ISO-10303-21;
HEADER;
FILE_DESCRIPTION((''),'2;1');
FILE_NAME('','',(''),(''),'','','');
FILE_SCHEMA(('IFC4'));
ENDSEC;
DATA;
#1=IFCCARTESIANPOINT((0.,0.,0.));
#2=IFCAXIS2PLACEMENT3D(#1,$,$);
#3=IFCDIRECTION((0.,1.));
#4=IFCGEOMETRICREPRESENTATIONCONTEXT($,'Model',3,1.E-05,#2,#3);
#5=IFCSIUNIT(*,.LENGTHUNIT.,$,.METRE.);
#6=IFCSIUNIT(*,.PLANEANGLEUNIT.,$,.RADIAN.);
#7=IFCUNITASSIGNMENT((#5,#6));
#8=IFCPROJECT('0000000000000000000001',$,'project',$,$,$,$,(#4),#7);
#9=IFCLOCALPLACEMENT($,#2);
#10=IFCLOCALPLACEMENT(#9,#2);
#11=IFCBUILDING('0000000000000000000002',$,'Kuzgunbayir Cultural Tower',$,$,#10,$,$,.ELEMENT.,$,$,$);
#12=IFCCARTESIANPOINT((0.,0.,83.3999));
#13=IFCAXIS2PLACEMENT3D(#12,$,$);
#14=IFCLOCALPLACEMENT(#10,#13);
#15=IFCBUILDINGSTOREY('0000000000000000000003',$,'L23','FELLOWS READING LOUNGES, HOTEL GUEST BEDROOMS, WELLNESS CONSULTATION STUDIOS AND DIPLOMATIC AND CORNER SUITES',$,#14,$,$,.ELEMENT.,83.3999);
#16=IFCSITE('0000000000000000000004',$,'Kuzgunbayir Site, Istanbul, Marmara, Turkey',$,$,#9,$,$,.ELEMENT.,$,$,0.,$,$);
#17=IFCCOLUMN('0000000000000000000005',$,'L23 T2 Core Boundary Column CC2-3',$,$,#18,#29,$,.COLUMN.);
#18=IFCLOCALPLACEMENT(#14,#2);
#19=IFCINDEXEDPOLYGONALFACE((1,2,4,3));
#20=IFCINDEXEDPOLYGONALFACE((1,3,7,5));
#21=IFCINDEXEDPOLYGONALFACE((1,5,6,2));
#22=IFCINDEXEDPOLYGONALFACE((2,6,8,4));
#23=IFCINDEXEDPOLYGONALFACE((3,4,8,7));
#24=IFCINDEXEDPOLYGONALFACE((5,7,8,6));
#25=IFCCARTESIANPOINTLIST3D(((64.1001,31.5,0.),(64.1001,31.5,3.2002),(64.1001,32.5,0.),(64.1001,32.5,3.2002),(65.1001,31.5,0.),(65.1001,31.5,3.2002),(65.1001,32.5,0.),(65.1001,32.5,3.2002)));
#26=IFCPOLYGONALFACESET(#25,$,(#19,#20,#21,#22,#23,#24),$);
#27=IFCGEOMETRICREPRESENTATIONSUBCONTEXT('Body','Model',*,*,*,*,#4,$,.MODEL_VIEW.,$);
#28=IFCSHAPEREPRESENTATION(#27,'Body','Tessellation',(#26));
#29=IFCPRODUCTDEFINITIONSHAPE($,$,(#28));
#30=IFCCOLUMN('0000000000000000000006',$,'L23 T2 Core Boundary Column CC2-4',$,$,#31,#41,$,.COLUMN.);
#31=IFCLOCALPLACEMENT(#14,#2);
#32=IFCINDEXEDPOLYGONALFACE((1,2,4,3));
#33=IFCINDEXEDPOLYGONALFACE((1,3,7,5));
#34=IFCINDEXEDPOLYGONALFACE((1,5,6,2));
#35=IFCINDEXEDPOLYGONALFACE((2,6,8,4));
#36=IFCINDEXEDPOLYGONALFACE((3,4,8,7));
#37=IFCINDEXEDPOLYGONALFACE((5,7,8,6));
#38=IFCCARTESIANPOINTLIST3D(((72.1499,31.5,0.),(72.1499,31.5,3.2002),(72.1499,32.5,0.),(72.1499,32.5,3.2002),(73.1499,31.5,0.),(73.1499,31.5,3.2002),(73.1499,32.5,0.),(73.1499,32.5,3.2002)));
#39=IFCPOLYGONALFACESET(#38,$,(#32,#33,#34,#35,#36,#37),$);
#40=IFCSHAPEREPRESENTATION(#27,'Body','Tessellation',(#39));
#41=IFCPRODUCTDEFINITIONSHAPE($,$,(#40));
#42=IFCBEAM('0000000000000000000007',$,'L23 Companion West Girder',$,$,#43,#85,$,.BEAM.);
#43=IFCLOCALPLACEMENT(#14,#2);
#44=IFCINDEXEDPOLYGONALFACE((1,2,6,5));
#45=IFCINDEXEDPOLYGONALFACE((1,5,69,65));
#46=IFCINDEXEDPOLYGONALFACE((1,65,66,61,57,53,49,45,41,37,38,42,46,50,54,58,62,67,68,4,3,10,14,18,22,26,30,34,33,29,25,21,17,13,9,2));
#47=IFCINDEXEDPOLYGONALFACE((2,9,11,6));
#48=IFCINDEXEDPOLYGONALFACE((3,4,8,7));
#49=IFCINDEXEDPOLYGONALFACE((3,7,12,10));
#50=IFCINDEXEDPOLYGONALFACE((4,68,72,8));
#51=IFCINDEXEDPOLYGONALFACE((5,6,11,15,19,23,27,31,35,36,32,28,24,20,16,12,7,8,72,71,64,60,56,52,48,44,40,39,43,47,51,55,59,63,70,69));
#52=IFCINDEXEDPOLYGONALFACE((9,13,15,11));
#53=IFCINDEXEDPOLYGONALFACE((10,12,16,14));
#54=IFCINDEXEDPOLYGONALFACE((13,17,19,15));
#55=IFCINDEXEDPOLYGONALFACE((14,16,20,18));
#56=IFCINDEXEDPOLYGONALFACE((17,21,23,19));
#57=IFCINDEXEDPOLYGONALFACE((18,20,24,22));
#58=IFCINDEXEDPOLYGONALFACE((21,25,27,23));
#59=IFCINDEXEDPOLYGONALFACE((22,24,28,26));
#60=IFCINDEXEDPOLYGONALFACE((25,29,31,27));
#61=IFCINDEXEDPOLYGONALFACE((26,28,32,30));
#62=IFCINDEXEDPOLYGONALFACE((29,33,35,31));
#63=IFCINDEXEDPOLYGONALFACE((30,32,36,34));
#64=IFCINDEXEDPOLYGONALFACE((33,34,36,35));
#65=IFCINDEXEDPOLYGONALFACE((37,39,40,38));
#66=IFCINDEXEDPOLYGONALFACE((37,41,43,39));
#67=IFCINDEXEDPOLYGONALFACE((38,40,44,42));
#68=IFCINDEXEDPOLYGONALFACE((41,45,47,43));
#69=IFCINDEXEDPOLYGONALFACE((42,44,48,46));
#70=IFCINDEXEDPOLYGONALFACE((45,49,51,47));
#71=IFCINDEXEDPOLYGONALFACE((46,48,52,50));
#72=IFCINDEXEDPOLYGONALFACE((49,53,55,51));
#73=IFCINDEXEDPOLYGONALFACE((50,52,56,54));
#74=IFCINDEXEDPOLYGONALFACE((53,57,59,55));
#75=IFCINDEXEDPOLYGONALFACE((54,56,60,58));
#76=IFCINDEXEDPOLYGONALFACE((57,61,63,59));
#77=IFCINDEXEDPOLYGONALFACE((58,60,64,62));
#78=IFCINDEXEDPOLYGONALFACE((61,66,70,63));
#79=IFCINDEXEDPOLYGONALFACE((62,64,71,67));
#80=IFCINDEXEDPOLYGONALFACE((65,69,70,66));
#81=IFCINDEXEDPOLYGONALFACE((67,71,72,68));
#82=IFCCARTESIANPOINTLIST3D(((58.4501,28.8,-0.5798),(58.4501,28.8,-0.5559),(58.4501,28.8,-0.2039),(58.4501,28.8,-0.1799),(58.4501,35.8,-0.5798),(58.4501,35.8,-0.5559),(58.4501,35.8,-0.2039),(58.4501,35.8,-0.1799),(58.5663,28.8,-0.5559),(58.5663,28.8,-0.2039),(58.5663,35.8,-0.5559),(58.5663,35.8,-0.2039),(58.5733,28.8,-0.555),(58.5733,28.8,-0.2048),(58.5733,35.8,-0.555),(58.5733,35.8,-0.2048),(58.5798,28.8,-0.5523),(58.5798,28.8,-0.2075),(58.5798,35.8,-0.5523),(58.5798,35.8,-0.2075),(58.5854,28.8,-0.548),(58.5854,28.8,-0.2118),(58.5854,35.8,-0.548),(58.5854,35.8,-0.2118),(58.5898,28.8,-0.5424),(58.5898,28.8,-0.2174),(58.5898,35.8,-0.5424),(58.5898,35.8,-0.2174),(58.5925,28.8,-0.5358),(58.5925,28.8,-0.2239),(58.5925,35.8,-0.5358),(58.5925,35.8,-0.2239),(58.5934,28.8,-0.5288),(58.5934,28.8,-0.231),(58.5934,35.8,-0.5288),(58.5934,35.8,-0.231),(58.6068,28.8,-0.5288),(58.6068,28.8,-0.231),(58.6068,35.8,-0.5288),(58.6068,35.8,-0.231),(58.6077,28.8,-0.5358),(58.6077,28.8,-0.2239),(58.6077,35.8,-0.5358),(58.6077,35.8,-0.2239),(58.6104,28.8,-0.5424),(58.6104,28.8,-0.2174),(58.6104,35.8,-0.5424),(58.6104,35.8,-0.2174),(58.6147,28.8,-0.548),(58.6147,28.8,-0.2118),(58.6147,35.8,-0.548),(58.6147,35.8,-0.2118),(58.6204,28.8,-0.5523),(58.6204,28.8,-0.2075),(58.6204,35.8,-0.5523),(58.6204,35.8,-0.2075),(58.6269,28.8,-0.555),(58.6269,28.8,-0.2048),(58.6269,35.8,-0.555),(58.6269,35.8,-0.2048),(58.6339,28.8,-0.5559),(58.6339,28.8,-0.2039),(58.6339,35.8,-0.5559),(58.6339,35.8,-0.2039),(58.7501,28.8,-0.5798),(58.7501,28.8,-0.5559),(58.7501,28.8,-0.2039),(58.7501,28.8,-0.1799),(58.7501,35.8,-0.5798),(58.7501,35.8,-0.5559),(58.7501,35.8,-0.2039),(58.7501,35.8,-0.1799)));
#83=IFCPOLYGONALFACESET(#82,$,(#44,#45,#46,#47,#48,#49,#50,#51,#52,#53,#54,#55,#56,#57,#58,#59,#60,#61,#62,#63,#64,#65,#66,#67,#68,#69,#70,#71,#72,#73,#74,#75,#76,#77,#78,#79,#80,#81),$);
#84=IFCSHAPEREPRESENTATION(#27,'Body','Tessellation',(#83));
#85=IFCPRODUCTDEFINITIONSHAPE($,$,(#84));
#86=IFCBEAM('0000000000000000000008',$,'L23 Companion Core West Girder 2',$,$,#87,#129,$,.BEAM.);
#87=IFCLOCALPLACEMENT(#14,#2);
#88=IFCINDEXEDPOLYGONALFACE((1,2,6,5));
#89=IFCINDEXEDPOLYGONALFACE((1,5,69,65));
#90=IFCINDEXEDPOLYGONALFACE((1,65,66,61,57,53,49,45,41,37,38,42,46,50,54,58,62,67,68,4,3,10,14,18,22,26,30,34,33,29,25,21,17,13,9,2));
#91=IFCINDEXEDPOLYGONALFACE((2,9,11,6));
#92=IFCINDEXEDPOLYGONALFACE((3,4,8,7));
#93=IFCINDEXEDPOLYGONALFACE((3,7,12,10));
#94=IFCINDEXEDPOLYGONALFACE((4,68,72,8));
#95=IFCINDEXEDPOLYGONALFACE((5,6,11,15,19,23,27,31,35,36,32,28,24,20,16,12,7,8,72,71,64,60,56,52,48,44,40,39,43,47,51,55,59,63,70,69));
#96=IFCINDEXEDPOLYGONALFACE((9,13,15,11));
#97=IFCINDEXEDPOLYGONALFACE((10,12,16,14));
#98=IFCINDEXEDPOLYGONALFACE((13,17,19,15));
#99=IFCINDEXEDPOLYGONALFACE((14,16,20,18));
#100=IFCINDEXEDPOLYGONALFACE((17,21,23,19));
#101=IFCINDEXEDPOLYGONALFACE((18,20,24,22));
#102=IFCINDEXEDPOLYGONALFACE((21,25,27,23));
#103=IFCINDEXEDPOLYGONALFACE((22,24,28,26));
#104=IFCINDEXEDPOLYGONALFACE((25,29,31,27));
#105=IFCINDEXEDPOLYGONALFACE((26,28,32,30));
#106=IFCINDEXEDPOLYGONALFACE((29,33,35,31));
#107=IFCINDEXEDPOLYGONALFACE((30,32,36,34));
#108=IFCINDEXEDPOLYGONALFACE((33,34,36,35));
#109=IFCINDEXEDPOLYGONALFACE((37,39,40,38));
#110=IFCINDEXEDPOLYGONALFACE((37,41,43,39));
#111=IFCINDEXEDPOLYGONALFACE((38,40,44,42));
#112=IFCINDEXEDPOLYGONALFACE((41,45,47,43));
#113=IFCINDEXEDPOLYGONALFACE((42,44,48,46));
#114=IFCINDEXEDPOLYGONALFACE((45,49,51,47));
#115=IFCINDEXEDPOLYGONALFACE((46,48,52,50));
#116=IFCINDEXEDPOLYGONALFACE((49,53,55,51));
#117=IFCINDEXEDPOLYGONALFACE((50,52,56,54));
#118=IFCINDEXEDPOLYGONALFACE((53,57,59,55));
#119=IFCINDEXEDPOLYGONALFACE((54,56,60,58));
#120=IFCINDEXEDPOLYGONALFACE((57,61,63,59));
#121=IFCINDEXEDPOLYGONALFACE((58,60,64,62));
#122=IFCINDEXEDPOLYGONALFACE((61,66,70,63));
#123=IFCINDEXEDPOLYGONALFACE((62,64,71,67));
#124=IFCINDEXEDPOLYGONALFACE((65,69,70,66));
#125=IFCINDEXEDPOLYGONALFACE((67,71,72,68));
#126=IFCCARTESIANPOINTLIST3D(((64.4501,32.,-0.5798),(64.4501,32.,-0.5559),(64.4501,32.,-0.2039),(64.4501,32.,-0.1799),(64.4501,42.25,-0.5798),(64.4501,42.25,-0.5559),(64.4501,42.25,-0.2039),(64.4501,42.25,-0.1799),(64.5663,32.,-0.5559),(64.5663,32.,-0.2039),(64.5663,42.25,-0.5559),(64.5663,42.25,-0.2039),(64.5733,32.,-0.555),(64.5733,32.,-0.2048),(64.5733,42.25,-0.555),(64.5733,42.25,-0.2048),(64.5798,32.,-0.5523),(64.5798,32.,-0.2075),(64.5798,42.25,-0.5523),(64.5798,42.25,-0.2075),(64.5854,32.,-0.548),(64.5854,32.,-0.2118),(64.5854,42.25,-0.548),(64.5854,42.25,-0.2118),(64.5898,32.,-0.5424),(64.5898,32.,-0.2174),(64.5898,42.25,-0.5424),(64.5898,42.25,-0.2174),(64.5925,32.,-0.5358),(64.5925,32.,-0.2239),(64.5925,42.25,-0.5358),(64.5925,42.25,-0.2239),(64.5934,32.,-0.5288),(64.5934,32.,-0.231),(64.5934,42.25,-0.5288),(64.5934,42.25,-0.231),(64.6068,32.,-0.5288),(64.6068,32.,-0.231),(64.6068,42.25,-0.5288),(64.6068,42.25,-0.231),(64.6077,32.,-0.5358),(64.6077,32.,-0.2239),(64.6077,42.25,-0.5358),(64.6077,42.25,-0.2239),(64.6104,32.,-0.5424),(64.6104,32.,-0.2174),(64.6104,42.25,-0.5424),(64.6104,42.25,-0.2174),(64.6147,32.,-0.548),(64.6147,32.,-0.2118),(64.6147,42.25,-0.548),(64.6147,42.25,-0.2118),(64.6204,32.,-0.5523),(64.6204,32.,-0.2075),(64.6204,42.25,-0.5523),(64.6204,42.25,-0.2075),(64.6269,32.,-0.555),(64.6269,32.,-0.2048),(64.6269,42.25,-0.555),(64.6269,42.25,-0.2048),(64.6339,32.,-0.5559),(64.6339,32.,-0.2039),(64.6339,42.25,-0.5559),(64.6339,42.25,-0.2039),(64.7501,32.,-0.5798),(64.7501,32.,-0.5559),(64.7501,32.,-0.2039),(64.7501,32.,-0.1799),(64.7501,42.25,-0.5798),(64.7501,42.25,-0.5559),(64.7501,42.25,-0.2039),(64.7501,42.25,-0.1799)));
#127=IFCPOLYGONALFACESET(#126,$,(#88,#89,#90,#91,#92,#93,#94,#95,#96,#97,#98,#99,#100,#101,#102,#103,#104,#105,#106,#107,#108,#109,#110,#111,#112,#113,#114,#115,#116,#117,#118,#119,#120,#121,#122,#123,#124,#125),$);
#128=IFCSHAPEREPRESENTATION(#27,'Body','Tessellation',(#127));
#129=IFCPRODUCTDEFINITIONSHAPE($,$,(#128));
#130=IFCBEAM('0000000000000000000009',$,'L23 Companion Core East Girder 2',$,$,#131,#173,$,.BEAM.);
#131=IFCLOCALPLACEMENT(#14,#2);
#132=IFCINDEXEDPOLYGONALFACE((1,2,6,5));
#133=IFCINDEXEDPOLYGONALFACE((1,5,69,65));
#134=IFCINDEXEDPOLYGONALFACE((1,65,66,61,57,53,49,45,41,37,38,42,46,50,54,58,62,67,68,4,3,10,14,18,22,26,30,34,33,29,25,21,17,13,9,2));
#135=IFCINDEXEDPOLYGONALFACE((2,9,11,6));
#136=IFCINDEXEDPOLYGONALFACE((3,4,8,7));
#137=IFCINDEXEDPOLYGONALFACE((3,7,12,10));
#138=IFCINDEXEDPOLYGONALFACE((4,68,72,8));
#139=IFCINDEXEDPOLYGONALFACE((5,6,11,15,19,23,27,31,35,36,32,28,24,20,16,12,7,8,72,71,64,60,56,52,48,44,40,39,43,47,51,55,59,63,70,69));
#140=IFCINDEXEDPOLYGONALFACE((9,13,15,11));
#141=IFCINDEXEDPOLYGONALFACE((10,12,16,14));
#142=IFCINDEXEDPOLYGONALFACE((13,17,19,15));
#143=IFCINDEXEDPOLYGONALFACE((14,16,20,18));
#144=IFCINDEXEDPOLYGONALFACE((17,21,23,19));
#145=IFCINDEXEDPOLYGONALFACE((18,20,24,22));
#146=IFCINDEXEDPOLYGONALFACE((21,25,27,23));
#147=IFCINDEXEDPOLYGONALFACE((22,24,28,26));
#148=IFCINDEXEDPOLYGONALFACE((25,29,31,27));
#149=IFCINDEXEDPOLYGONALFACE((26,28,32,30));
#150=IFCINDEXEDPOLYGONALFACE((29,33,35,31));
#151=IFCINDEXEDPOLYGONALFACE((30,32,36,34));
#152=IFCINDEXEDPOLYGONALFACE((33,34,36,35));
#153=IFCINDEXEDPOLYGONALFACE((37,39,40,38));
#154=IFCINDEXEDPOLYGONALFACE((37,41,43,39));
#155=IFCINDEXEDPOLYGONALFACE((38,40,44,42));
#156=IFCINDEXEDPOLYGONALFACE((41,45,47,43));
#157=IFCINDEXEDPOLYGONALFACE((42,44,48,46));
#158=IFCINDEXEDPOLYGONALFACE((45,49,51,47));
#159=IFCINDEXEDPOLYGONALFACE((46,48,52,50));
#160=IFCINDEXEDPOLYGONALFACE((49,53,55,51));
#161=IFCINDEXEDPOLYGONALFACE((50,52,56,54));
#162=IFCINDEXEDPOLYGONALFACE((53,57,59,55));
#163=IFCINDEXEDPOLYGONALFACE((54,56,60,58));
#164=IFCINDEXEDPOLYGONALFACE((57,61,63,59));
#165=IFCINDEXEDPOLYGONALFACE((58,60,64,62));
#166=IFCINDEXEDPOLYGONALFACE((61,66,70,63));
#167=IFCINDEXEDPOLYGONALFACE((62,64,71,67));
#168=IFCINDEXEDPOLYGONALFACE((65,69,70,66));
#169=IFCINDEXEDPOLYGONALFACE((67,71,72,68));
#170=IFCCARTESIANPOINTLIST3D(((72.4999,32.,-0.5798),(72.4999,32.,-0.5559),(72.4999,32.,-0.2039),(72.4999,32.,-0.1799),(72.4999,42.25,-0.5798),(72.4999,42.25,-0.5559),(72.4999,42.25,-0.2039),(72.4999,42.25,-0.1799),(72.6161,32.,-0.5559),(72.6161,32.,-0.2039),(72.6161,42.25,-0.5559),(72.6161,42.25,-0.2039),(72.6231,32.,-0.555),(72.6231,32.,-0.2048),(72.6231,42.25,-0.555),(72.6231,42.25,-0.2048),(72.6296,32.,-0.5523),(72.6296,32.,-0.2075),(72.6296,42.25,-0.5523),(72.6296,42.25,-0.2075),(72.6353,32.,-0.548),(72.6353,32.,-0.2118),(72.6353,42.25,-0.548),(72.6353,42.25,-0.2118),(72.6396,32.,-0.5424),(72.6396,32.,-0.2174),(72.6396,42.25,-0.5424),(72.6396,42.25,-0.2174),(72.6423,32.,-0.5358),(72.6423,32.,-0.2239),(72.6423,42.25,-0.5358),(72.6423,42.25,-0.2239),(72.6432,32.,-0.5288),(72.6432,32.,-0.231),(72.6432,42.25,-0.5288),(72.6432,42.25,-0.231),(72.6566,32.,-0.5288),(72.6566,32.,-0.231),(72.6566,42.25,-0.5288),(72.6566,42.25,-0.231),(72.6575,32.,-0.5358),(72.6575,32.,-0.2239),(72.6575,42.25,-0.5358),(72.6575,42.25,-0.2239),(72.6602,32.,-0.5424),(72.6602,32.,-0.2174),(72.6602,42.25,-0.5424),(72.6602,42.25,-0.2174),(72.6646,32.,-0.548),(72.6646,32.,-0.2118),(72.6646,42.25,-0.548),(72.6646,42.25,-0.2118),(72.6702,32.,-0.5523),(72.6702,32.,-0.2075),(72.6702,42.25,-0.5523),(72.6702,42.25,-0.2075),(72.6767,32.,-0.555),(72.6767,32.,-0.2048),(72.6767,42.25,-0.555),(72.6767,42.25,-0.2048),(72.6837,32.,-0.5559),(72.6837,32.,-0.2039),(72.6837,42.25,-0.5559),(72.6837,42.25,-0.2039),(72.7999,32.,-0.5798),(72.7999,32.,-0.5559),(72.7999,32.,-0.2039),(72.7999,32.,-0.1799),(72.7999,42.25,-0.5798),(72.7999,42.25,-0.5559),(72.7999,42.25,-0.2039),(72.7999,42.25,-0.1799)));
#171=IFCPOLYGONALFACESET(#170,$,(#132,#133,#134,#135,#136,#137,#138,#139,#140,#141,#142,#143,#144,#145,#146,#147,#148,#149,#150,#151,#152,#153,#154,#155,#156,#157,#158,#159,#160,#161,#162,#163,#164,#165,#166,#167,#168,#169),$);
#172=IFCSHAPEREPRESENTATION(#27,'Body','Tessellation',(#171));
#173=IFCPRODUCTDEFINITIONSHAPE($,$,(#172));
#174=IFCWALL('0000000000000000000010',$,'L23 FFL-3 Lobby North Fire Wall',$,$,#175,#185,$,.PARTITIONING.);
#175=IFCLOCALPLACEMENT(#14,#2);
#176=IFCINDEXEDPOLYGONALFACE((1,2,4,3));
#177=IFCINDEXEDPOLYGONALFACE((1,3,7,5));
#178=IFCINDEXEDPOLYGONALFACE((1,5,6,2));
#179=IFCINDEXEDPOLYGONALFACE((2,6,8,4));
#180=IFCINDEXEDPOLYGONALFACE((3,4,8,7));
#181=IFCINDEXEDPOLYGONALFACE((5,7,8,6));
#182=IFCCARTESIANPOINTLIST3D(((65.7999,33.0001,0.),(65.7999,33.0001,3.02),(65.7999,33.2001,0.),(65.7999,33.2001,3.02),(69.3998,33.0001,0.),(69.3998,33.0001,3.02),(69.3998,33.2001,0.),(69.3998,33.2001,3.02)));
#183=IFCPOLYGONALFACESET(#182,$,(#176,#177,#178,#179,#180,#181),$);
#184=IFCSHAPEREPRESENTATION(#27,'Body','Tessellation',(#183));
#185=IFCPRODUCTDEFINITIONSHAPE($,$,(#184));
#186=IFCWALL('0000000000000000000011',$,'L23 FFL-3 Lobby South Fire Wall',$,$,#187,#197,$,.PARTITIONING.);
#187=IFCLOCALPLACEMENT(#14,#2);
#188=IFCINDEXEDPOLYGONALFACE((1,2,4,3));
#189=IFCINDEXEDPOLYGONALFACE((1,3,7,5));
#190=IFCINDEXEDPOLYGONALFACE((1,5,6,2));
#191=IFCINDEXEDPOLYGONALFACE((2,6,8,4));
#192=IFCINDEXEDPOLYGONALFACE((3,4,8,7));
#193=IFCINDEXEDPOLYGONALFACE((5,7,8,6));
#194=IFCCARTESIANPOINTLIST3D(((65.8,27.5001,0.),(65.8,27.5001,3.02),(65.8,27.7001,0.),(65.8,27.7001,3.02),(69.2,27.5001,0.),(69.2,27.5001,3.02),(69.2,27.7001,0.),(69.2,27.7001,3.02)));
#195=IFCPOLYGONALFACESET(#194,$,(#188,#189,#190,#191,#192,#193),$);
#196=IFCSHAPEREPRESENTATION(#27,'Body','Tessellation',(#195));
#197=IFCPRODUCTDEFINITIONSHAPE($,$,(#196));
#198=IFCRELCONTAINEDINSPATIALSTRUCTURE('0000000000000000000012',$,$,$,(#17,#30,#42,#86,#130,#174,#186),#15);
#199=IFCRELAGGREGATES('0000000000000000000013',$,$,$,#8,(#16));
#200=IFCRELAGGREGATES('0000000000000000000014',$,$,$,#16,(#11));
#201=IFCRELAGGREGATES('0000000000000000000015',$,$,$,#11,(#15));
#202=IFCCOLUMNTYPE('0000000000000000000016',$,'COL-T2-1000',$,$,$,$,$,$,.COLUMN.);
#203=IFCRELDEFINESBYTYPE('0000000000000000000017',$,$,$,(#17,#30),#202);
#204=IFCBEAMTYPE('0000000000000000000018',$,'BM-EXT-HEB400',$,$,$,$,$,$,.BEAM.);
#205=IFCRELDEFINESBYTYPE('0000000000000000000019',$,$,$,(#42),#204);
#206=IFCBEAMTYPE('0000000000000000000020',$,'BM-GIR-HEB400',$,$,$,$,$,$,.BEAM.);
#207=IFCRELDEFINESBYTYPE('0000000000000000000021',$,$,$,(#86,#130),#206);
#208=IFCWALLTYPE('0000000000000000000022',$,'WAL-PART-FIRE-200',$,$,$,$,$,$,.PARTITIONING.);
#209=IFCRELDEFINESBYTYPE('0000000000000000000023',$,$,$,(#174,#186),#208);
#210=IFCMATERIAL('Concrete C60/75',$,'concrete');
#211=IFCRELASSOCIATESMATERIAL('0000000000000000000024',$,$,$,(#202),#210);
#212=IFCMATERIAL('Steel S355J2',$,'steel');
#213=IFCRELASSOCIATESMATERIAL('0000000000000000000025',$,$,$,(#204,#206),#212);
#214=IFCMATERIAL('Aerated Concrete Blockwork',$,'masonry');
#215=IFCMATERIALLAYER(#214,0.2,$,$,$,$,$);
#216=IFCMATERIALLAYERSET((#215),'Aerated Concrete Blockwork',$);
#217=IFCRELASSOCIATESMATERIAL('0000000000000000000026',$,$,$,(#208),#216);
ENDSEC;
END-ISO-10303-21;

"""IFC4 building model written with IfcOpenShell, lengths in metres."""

from ifc_helpers import new_model, si_unit, direction, frame, frame_2d, origin, origin_2d, place, context, subcontext, project, spatial, rectangle, i_section, extrude, material, layer, layer_set, material_profile, profile_set, type_object, element, save


model = new_model("IFC4")

# Units and contexts
model_context = context("Model", 3, precision=1e-05, world=origin(), true_north=direction((0.0, 1.0)))
body_context = subcontext(model_context, "Body", "Model", "MODEL_VIEW")
ifc_project = project(units=[si_unit("LENGTHUNIT", "METRE"), si_unit("PLANEANGLEUNIT", "RADIAN")], contexts=[model_context])

# Site, building, storey
site_placement = place(None, origin())
site = spatial("IfcSite", under=ifc_project, at=site_placement, Name="Kuzgunbayir Site, Istanbul, Marmara, Turkey", CompositionType="ELEMENT", RefElevation=0.0)
building_placement = place(site_placement, origin())
building = spatial("IfcBuilding", under=site, at=building_placement, Name="Kuzgunbayir Cultural Tower", CompositionType="ELEMENT")
storey_placement = place(building_placement, frame((0.0, 0.0, 83.3999)))
storey = spatial("IfcBuildingStorey", under=building, at=storey_placement, Name="L23", Description="FELLOWS READING LOUNGES, HOTEL GUEST BEDROOMS, WELLNESS CONSULTATION STUDIOS AND DIPLOMATIC AND CORNER SUITES", CompositionType="ELEMENT", Elevation=83.3999)

# Columns
ifc_material_1 = material(Name="Concrete C60/75", Category="concrete")
ifc_material_profile_1 = material_profile(ifc_material_1, rectangle(XDim=1.0, YDim=1.0, at=origin_2d()), Name="RC 1000x1000")
ifc_profile_set_1 = profile_set([ifc_material_profile_1], Name="Concrete C60/75")
column_type = type_object("IfcColumnType", Name="COL-T2-1000", PredefinedType="COLUMN", material=ifc_profile_set_1)
for number, where, z_axis, x_axis, name in (
    (1, (64.6001, 32.0, 0.0), (0.0, 0.0, 1.0), (1.0, 0.0, 0.0), "L23 T2 Core Boundary Column CC2-3"),
    (2, (72.6499, 32.0, 0.0), (0.0, 0.0, 1.0), (1.0, 0.0, 0.0), "L23 T2 Core Boundary Column CC2-4"),
):
    element("IfcColumn", number, at=place(storey_placement, frame(where, z_axis=z_axis, x_axis=x_axis)), inside=storey, type_object=column_type, Name=name, PredefinedType="COLUMN", context=body_context, shape_type="SweptSolid", body=[
        extrude(rectangle(XDim=1.0, YDim=1.0, at=origin_2d()), origin(), (0.0, 0.0, 1.0), 3.2002),
    ])

# Beams
ifc_material_2 = material(Name="Steel S355J2", Category="steel")
ifc_material_profile_2 = material_profile(ifc_material_2, i_section(OverallWidth=0.3, OverallDepth=0.3999, WebThickness=0.0134, FlangeThickness=0.0239, FilletRadius=0.0271, at=origin_2d()), Name="HEB 400")
ifc_profile_set_2 = profile_set([ifc_material_profile_2], Name="Steel S355J2")
beam_type_1 = type_object("IfcBeamType", Name="BM-EXT-HEB400", PredefinedType="BEAM", material=ifc_profile_set_2)
beam_placement = place(storey_placement, frame((58.6001, 28.8, -0.3799), z_axis=(0.0, 1.0, 0.0), x_axis=(-1.0, 0.0, 0.0)))
element("IfcBeam", 3, at=beam_placement, inside=storey, type_object=beam_type_1, Name="L23 Companion West Girder", PredefinedType="BEAM", context=body_context, shape_type="SweptSolid", body=[
    extrude(i_section(OverallWidth=0.3, OverallDepth=0.3999, WebThickness=0.0134, FlangeThickness=0.0239, FilletRadius=0.0271, at=origin_2d()), origin(), (0.0, 0.0, 1.0), 7.0),
])
ifc_material_profile_3 = material_profile(ifc_material_2, i_section(OverallWidth=0.3, OverallDepth=0.3999, WebThickness=0.0134, FlangeThickness=0.0239, FilletRadius=0.0271, at=origin_2d()), Name="HEB 400")
ifc_profile_set_3 = profile_set([ifc_material_profile_3], Name="Steel S355J2")
beam_type_2 = type_object("IfcBeamType", Name="BM-GIR-HEB400", PredefinedType="BEAM", material=ifc_profile_set_3)
for number, where, z_axis, x_axis, name in (
    (4, (64.6001, 32.0, -0.3799), (0.0, 1.0, 0.0), (-1.0, 0.0, 0.0), "L23 Companion Core West Girder 2"),
    (5, (72.6499, 32.0, -0.3799), (0.0, 1.0, 0.0), (-1.0, 0.0, 0.0), "L23 Companion Core East Girder 2"),
):
    element("IfcBeam", number, at=place(storey_placement, frame(where, z_axis=z_axis, x_axis=x_axis)), inside=storey, type_object=beam_type_2, Name=name, PredefinedType="BEAM", context=body_context, shape_type="SweptSolid", body=[
        extrude(i_section(OverallWidth=0.3, OverallDepth=0.3999, WebThickness=0.0134, FlangeThickness=0.0239, FilletRadius=0.0271, at=origin_2d()), origin(), (0.0, 0.0, 1.0), 10.25),
    ])

# Walls
ifc_material_3 = material(Name="Aerated Concrete Blockwork", Category="masonry")
ifc_layer_1 = layer(ifc_material_3, 0.2)
ifc_layer_set_1 = layer_set([ifc_layer_1], Name="Aerated Concrete Blockwork")
wall_type_1 = type_object("IfcWallType", Name="WAL-PART-FIRE-200", PredefinedType="PARTITIONING", material=ifc_layer_set_1)
wall_1_placement = place(storey_placement, frame((65.8, 33.1001, 0.0), z_axis=(0.0, 0.0, 1.0), x_axis=(1.0, 0.0, 0.0)))
element("IfcWall", 6, at=wall_1_placement, inside=storey, type_object=wall_type_1, Name="L23 FFL-3 Lobby North Fire Wall", PredefinedType="PARTITIONING", context=body_context, shape_type="SweptSolid", body=[
    extrude(rectangle(XDim=3.5999, YDim=0.2, at=frame_2d((1.7998, 0.0))), origin(), (0.0, 0.0, 1.0), 3.02),
])
wall_2_placement = place(storey_placement, frame((65.8, 27.6001, 0.0), z_axis=(0.0, 0.0, 1.0), x_axis=(1.0, 0.0, 0.0)))
element("IfcWall", 7, at=wall_2_placement, inside=storey, type_object=wall_type_1, Name="L23 FFL-3 Lobby South Fire Wall", PredefinedType="PARTITIONING", context=body_context, shape_type="SweptSolid", body=[
    extrude(rectangle(XDim=3.3999, YDim=0.2, at=frame_2d((1.7, 0.0))), origin(), (0.0, 0.0, 1.0), 3.02),
])

save(model, "model.ifc")
